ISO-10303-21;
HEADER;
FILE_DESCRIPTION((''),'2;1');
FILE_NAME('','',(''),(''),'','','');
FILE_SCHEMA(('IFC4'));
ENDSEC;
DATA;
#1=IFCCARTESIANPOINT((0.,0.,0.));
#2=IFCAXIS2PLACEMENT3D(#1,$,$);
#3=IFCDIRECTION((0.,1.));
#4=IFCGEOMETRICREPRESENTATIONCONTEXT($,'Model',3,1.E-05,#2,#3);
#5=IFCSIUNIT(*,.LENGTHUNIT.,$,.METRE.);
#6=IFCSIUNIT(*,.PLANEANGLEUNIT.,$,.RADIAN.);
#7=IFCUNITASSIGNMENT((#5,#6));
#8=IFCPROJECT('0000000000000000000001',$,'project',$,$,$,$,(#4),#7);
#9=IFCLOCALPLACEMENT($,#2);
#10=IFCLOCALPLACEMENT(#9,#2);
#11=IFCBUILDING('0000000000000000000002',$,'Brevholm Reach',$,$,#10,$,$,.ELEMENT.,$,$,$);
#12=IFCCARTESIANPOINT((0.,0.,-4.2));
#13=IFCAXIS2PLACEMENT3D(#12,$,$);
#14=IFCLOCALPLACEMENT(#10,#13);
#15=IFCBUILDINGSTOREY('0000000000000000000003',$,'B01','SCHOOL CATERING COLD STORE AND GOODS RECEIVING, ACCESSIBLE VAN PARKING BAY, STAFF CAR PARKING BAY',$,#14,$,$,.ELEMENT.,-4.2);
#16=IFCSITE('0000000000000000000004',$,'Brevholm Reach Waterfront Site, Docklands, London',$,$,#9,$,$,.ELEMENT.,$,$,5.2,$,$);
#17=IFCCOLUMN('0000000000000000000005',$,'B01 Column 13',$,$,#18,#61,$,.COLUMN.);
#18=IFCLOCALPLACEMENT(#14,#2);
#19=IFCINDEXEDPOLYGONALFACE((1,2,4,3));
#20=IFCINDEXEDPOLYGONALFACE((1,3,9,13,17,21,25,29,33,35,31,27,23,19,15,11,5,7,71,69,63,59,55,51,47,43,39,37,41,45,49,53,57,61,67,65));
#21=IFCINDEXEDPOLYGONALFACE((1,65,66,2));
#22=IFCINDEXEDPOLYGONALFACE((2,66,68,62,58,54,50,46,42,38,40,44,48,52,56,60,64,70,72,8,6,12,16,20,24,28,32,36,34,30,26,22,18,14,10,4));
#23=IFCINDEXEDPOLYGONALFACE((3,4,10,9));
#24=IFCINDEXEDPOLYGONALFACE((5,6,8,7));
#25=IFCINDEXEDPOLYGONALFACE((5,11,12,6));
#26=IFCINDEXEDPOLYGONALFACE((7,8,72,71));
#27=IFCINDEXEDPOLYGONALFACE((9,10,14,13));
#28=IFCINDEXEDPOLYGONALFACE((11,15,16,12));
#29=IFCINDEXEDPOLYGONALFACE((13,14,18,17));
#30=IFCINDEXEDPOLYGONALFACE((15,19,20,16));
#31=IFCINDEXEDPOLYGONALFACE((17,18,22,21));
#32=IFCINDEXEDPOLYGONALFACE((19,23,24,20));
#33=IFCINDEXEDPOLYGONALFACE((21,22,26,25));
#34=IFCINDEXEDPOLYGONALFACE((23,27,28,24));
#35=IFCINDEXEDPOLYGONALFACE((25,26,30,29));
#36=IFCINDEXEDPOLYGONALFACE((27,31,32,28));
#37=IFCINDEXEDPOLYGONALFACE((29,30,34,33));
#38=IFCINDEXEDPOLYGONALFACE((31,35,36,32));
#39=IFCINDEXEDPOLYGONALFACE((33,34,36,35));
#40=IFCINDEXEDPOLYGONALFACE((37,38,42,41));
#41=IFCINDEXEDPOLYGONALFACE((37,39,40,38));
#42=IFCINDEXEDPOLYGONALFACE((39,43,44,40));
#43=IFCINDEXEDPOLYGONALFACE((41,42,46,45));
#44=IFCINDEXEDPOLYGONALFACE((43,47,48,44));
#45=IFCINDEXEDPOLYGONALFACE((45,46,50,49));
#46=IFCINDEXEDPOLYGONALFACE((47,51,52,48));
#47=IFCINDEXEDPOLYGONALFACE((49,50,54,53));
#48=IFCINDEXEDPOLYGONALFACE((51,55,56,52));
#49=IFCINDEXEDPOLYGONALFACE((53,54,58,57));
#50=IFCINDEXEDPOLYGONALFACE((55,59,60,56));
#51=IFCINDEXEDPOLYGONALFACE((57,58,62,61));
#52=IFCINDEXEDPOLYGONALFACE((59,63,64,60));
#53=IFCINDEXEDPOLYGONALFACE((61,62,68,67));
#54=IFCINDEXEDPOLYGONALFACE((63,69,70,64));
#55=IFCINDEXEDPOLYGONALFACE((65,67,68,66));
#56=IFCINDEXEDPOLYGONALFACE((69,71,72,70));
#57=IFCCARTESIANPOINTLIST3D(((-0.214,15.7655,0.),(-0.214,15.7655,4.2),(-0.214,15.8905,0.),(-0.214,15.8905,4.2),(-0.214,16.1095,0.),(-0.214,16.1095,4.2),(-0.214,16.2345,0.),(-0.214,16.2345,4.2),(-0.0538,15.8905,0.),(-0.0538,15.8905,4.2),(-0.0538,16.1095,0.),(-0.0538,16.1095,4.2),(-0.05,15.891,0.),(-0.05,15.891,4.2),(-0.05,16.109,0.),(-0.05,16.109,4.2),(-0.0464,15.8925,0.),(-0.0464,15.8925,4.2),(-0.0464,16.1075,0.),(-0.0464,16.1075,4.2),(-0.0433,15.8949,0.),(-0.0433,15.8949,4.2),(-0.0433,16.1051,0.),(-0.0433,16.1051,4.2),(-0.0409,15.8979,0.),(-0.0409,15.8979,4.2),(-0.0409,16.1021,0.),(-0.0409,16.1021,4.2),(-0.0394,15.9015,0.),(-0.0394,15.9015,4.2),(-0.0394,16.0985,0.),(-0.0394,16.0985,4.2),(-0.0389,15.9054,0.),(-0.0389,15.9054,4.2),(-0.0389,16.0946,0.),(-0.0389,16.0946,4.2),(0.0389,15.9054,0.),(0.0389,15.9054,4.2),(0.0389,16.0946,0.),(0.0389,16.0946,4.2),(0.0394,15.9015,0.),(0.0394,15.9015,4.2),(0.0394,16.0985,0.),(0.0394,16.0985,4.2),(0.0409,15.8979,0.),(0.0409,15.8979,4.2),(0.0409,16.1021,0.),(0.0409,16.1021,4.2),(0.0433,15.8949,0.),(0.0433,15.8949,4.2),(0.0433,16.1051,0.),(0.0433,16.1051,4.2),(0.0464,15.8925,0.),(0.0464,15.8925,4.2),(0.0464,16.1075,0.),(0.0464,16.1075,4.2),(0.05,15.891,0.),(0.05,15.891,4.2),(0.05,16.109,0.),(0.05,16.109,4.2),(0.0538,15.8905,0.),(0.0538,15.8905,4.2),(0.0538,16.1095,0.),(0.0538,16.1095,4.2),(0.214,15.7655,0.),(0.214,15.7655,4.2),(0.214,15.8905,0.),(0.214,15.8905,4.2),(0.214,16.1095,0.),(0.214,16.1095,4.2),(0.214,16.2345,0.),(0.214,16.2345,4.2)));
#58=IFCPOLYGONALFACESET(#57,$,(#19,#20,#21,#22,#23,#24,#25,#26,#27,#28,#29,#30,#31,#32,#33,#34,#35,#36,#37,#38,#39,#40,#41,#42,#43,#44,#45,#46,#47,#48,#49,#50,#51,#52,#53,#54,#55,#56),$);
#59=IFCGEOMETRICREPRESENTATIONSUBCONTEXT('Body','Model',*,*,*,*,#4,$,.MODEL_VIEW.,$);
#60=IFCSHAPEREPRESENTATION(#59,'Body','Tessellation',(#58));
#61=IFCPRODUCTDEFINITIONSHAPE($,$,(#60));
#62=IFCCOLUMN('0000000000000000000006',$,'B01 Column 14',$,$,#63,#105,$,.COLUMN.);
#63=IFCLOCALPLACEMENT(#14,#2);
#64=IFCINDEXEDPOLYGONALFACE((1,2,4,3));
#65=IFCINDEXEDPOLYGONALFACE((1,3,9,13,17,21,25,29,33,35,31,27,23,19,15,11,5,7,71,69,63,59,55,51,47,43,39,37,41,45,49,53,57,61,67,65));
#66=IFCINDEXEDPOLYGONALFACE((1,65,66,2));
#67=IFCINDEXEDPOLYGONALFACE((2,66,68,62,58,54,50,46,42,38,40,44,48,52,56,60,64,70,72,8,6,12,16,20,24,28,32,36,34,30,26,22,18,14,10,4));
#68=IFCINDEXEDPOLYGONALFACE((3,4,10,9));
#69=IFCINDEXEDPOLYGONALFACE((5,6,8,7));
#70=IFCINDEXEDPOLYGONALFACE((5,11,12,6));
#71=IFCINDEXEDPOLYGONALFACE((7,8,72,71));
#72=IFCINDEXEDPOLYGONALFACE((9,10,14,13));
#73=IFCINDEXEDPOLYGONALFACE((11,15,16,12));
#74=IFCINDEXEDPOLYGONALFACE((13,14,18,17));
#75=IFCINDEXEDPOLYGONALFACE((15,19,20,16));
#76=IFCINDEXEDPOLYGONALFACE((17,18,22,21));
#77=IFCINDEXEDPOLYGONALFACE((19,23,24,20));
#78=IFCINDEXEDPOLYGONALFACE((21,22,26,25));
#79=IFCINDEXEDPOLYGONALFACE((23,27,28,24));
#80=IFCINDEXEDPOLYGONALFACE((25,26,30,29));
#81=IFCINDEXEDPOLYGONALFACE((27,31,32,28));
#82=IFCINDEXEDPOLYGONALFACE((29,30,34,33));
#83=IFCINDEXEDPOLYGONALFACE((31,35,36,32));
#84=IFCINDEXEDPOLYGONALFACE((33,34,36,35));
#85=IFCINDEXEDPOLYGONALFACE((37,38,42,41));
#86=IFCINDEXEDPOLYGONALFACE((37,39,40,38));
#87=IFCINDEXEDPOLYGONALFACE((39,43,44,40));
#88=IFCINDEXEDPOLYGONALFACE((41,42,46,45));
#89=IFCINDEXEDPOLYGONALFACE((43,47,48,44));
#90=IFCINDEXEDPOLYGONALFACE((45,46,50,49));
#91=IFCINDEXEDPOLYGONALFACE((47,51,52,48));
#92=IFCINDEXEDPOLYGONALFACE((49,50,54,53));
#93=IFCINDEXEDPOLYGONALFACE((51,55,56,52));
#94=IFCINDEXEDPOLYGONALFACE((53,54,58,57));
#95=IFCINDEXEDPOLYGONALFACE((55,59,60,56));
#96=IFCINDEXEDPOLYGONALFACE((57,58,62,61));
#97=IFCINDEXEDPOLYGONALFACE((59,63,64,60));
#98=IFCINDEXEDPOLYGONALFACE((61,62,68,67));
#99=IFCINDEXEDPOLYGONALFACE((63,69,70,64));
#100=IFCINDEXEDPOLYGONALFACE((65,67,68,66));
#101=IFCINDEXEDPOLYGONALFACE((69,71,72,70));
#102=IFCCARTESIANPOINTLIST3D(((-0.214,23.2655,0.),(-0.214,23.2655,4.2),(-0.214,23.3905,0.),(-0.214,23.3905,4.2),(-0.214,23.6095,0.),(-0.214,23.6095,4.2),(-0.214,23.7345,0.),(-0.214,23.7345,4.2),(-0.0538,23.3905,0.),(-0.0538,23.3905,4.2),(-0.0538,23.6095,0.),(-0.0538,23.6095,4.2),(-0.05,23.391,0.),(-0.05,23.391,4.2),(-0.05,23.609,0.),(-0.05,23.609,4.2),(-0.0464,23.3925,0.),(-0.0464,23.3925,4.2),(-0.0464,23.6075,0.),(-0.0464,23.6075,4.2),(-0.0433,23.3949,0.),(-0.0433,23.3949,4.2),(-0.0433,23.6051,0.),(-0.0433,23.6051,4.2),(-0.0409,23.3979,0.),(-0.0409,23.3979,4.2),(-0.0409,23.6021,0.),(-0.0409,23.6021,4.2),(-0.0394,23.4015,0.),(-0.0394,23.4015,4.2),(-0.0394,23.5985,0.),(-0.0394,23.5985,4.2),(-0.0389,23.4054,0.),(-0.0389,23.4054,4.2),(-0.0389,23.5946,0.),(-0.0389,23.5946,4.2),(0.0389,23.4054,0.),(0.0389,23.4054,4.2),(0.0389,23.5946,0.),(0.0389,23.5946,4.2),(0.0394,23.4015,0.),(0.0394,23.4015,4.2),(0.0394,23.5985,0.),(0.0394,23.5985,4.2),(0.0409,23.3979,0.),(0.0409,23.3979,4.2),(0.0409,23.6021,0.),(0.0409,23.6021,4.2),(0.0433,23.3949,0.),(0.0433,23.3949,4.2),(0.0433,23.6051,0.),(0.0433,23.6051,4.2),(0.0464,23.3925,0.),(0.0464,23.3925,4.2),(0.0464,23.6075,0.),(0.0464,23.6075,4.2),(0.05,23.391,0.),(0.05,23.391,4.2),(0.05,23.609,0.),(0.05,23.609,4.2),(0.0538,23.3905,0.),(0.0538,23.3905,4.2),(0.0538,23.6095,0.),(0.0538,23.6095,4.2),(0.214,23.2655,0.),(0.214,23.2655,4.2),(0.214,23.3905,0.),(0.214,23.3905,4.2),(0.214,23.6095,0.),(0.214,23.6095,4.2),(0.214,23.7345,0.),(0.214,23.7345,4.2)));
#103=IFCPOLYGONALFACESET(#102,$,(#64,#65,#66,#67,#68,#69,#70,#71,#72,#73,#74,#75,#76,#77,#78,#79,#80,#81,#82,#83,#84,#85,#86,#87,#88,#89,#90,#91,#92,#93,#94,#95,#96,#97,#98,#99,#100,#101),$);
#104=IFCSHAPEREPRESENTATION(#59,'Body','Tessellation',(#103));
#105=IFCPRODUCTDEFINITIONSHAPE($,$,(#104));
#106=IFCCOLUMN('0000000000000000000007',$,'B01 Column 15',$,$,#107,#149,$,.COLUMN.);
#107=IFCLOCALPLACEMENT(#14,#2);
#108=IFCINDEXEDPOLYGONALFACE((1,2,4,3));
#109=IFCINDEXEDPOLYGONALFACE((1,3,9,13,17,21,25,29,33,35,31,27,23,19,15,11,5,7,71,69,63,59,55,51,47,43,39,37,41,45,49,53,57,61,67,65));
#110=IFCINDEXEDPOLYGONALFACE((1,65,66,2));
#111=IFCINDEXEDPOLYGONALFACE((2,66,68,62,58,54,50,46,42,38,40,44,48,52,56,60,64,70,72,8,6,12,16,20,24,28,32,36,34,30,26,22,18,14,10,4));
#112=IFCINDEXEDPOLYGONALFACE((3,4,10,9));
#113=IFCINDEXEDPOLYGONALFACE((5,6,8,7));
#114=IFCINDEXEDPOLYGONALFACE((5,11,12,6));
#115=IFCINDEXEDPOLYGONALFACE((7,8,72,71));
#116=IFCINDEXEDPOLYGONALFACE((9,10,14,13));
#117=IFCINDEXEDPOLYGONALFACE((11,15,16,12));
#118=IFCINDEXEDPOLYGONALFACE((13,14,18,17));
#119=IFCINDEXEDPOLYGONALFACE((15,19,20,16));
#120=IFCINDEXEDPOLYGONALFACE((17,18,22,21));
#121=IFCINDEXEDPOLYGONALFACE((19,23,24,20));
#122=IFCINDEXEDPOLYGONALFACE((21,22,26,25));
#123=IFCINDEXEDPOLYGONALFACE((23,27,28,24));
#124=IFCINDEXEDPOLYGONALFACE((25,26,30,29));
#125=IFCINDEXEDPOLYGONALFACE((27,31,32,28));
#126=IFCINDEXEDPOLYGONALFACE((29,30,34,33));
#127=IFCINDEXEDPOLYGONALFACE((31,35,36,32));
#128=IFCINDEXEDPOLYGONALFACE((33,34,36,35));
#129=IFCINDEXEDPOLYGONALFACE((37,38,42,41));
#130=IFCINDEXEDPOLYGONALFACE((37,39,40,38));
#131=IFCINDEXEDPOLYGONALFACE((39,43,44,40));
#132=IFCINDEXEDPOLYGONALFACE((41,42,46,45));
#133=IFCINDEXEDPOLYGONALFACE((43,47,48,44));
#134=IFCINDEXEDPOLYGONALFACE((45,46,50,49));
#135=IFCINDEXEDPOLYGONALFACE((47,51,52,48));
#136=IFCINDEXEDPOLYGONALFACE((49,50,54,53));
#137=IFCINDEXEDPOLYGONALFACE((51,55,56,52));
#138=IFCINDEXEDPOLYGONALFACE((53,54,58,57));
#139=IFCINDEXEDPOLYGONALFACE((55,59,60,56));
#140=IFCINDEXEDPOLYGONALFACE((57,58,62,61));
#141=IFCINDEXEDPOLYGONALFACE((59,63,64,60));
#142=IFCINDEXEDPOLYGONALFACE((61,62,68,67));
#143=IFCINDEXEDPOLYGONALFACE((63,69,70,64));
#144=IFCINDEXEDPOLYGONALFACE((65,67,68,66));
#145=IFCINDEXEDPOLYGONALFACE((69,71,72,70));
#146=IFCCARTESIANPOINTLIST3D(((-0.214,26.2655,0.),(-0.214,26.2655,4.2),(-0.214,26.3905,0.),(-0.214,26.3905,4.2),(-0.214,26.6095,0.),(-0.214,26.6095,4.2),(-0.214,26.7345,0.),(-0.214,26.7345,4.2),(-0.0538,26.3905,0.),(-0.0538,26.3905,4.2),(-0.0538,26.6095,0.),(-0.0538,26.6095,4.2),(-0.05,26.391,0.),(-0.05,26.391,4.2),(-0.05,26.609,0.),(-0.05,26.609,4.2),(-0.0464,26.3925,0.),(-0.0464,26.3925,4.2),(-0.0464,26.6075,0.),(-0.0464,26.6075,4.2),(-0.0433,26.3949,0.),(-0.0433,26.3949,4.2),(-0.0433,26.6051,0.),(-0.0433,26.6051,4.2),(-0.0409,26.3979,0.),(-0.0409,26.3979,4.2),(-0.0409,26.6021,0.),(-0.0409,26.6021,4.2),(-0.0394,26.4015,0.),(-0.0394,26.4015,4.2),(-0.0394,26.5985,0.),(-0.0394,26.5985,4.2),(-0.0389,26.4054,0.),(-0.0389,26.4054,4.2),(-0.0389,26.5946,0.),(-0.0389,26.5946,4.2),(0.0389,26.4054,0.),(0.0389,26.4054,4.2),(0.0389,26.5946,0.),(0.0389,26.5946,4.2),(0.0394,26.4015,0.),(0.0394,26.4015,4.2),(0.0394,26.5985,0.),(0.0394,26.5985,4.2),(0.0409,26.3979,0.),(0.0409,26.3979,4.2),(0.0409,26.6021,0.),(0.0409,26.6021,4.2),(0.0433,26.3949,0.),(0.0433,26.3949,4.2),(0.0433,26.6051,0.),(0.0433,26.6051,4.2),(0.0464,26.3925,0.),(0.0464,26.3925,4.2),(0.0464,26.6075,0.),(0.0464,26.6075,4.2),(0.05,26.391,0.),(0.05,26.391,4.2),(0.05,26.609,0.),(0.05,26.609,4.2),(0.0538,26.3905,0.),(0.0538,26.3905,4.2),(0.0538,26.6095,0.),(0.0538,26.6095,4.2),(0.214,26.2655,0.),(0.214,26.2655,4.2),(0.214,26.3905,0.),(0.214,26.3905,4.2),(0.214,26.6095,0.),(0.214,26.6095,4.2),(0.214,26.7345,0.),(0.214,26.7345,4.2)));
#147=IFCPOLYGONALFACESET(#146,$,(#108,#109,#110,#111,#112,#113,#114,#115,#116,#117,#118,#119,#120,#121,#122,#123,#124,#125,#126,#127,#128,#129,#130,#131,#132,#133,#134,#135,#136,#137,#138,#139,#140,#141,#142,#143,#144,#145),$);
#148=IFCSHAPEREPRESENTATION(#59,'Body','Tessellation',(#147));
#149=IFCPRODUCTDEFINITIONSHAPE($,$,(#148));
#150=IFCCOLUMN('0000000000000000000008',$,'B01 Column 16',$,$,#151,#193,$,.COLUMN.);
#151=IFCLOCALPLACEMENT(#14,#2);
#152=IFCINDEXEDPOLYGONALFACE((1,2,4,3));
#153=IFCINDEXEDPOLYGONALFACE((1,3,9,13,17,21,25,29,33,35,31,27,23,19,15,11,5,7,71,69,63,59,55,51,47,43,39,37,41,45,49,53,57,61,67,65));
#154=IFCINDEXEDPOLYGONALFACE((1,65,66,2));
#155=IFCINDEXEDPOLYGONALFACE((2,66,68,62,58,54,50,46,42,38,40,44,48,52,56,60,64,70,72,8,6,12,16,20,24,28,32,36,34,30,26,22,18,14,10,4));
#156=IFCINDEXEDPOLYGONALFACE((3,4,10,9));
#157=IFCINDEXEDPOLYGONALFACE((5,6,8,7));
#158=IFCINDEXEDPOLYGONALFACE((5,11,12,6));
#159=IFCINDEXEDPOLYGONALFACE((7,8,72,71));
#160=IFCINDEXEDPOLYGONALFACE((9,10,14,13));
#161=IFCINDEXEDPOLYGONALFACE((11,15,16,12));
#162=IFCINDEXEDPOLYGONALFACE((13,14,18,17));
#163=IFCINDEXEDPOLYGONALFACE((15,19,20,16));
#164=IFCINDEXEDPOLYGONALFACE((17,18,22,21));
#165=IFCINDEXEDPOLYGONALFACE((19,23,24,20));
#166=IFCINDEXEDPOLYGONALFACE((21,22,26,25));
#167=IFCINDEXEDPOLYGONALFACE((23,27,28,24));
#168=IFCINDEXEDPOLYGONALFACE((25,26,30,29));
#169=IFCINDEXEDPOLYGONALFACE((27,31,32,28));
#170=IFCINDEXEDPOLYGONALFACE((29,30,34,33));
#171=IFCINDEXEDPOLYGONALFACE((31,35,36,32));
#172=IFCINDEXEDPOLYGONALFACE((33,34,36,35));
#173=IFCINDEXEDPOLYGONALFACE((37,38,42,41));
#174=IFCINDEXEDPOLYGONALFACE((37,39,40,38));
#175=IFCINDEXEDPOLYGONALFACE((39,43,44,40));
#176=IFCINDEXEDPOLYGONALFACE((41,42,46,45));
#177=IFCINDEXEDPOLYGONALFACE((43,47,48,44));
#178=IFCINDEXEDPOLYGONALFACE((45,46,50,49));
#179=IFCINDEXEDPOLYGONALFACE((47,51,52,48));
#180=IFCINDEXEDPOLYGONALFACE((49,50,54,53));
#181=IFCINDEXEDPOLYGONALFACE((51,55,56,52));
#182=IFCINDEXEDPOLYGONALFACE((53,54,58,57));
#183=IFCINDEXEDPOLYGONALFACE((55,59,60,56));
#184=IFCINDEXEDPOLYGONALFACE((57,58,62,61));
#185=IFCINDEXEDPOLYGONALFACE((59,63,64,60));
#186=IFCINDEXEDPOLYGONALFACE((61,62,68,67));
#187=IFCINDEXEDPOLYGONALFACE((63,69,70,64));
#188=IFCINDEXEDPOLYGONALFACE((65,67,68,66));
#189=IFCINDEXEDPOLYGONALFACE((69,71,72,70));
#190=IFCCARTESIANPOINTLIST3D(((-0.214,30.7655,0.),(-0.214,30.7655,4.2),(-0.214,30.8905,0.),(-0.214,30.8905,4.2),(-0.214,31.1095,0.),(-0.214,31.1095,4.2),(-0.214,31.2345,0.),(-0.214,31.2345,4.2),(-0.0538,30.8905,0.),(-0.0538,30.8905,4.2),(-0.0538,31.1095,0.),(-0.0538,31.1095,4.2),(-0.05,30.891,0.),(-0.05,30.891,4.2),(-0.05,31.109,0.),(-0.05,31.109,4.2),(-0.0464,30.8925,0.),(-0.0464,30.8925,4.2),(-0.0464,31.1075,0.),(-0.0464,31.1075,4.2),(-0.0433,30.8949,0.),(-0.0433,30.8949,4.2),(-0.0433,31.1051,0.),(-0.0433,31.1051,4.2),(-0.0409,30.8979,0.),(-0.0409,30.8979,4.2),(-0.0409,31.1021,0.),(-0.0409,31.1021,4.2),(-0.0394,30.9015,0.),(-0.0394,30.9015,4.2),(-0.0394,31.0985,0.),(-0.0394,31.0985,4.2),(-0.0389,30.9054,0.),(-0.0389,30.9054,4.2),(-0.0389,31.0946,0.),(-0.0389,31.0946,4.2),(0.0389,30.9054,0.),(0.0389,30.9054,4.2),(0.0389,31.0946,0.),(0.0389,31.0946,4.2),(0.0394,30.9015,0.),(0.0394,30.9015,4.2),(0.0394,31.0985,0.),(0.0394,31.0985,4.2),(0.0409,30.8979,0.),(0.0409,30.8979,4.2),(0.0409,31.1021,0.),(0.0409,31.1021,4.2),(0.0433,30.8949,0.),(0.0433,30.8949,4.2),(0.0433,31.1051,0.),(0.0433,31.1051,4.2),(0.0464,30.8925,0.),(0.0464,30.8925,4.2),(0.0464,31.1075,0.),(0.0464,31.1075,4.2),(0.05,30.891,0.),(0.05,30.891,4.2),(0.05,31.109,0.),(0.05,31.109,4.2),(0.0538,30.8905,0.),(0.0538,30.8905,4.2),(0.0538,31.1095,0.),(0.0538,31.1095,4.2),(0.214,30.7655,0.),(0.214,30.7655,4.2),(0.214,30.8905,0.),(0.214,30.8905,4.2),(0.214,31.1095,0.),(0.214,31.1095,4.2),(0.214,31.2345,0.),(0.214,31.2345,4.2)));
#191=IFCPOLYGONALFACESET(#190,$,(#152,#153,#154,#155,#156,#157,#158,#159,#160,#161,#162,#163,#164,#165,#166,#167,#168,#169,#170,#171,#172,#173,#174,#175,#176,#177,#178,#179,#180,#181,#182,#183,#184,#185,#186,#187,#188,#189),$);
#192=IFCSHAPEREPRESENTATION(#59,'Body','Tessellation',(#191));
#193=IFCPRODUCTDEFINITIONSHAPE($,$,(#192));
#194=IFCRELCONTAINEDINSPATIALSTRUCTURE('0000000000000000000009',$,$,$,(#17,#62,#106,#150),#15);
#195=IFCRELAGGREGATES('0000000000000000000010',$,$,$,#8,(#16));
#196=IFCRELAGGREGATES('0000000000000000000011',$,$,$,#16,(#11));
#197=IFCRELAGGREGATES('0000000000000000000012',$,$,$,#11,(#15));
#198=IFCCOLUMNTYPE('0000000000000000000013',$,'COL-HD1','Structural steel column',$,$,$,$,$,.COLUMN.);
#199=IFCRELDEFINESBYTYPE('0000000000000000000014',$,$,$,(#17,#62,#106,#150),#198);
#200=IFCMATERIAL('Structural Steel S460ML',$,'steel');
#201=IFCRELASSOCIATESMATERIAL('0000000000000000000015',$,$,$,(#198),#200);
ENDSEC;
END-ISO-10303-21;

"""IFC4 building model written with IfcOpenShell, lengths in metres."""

from ifc_helpers import new_model, si_unit, direction, frame, origin, origin_2d, place, context, subcontext, project, spatial, i_section, extrude, material, material_profile, profile_set, type_object, element, save


model = new_model("IFC4")

# Units and contexts
model_context = context("Model", 3, precision=1e-05, world=origin(), true_north=direction((0.0, 1.0)))
body_context = subcontext(model_context, "Body", "Model", "MODEL_VIEW")
ifc_project = project(units=[si_unit("LENGTHUNIT", "METRE"), si_unit("PLANEANGLEUNIT", "RADIAN")], contexts=[model_context])

# Site, building, storey
site_placement = place(None, origin())
site = spatial("IfcSite", under=ifc_project, at=site_placement, Name="Brevholm Reach Waterfront Site, Docklands, London", CompositionType="ELEMENT", RefElevation=5.2)
building_placement = place(site_placement, origin())
building = spatial("IfcBuilding", under=site, at=building_placement, Name="Brevholm Reach", CompositionType="ELEMENT")
storey_placement = place(building_placement, frame((0.0, 0.0, -4.2)))
storey = spatial("IfcBuildingStorey", under=building, at=storey_placement, Name="B01", Description="SCHOOL CATERING COLD STORE AND GOODS RECEIVING, ACCESSIBLE VAN PARKING BAY, STAFF CAR PARKING BAY", CompositionType="ELEMENT", Elevation=-4.2)

# Columns
ifc_material_1 = material(Name="Structural Steel S460ML", Category="steel")
ifc_material_profile_1 = material_profile(ifc_material_1, i_section(OverallWidth=0.428, OverallDepth=0.469, WebThickness=0.0779, FlangeThickness=0.125, FilletRadius=0.0149, at=origin_2d()), Name="HD 400x1086")
ifc_profile_set_1 = profile_set([ifc_material_profile_1], Name="Structural Steel S460ML")
column_type_1 = type_object("IfcColumnType", Name="COL-HD1", Description="Structural steel column", PredefinedType="COLUMN", material=ifc_profile_set_1)
for number, where, z_axis, x_axis, name in (
    (1, (0.0, 16.0, 0.0), (0.0, 0.0, 1.0), (1.0, 0.0, 0.0), "B01 Column 13"),
    (2, (0.0, 23.5, 0.0), (0.0, 0.0, 1.0), (1.0, 0.0, 0.0), "B01 Column 14"),
    (3, (0.0, 26.5, 0.0), (0.0, 0.0, 1.0), (1.0, 0.0, 0.0), "B01 Column 15"),
    (4, (0.0, 31.0, 0.0), (0.0, 0.0, 1.0), (1.0, 0.0, 0.0), "B01 Column 16"),
):
    element("IfcColumn", number, at=place(storey_placement, frame(where, z_axis=z_axis, x_axis=x_axis)), inside=storey, type_object=column_type_1, Name=name, PredefinedType="COLUMN", context=body_context, shape_type="SweptSolid", body=[
        extrude(i_section(OverallWidth=0.428, OverallDepth=0.469, WebThickness=0.0779, FlangeThickness=0.125, FilletRadius=0.0149, at=origin_2d()), origin(), (0.0, 0.0, 1.0), 4.2),
    ])

save(model, "model.ifc")
